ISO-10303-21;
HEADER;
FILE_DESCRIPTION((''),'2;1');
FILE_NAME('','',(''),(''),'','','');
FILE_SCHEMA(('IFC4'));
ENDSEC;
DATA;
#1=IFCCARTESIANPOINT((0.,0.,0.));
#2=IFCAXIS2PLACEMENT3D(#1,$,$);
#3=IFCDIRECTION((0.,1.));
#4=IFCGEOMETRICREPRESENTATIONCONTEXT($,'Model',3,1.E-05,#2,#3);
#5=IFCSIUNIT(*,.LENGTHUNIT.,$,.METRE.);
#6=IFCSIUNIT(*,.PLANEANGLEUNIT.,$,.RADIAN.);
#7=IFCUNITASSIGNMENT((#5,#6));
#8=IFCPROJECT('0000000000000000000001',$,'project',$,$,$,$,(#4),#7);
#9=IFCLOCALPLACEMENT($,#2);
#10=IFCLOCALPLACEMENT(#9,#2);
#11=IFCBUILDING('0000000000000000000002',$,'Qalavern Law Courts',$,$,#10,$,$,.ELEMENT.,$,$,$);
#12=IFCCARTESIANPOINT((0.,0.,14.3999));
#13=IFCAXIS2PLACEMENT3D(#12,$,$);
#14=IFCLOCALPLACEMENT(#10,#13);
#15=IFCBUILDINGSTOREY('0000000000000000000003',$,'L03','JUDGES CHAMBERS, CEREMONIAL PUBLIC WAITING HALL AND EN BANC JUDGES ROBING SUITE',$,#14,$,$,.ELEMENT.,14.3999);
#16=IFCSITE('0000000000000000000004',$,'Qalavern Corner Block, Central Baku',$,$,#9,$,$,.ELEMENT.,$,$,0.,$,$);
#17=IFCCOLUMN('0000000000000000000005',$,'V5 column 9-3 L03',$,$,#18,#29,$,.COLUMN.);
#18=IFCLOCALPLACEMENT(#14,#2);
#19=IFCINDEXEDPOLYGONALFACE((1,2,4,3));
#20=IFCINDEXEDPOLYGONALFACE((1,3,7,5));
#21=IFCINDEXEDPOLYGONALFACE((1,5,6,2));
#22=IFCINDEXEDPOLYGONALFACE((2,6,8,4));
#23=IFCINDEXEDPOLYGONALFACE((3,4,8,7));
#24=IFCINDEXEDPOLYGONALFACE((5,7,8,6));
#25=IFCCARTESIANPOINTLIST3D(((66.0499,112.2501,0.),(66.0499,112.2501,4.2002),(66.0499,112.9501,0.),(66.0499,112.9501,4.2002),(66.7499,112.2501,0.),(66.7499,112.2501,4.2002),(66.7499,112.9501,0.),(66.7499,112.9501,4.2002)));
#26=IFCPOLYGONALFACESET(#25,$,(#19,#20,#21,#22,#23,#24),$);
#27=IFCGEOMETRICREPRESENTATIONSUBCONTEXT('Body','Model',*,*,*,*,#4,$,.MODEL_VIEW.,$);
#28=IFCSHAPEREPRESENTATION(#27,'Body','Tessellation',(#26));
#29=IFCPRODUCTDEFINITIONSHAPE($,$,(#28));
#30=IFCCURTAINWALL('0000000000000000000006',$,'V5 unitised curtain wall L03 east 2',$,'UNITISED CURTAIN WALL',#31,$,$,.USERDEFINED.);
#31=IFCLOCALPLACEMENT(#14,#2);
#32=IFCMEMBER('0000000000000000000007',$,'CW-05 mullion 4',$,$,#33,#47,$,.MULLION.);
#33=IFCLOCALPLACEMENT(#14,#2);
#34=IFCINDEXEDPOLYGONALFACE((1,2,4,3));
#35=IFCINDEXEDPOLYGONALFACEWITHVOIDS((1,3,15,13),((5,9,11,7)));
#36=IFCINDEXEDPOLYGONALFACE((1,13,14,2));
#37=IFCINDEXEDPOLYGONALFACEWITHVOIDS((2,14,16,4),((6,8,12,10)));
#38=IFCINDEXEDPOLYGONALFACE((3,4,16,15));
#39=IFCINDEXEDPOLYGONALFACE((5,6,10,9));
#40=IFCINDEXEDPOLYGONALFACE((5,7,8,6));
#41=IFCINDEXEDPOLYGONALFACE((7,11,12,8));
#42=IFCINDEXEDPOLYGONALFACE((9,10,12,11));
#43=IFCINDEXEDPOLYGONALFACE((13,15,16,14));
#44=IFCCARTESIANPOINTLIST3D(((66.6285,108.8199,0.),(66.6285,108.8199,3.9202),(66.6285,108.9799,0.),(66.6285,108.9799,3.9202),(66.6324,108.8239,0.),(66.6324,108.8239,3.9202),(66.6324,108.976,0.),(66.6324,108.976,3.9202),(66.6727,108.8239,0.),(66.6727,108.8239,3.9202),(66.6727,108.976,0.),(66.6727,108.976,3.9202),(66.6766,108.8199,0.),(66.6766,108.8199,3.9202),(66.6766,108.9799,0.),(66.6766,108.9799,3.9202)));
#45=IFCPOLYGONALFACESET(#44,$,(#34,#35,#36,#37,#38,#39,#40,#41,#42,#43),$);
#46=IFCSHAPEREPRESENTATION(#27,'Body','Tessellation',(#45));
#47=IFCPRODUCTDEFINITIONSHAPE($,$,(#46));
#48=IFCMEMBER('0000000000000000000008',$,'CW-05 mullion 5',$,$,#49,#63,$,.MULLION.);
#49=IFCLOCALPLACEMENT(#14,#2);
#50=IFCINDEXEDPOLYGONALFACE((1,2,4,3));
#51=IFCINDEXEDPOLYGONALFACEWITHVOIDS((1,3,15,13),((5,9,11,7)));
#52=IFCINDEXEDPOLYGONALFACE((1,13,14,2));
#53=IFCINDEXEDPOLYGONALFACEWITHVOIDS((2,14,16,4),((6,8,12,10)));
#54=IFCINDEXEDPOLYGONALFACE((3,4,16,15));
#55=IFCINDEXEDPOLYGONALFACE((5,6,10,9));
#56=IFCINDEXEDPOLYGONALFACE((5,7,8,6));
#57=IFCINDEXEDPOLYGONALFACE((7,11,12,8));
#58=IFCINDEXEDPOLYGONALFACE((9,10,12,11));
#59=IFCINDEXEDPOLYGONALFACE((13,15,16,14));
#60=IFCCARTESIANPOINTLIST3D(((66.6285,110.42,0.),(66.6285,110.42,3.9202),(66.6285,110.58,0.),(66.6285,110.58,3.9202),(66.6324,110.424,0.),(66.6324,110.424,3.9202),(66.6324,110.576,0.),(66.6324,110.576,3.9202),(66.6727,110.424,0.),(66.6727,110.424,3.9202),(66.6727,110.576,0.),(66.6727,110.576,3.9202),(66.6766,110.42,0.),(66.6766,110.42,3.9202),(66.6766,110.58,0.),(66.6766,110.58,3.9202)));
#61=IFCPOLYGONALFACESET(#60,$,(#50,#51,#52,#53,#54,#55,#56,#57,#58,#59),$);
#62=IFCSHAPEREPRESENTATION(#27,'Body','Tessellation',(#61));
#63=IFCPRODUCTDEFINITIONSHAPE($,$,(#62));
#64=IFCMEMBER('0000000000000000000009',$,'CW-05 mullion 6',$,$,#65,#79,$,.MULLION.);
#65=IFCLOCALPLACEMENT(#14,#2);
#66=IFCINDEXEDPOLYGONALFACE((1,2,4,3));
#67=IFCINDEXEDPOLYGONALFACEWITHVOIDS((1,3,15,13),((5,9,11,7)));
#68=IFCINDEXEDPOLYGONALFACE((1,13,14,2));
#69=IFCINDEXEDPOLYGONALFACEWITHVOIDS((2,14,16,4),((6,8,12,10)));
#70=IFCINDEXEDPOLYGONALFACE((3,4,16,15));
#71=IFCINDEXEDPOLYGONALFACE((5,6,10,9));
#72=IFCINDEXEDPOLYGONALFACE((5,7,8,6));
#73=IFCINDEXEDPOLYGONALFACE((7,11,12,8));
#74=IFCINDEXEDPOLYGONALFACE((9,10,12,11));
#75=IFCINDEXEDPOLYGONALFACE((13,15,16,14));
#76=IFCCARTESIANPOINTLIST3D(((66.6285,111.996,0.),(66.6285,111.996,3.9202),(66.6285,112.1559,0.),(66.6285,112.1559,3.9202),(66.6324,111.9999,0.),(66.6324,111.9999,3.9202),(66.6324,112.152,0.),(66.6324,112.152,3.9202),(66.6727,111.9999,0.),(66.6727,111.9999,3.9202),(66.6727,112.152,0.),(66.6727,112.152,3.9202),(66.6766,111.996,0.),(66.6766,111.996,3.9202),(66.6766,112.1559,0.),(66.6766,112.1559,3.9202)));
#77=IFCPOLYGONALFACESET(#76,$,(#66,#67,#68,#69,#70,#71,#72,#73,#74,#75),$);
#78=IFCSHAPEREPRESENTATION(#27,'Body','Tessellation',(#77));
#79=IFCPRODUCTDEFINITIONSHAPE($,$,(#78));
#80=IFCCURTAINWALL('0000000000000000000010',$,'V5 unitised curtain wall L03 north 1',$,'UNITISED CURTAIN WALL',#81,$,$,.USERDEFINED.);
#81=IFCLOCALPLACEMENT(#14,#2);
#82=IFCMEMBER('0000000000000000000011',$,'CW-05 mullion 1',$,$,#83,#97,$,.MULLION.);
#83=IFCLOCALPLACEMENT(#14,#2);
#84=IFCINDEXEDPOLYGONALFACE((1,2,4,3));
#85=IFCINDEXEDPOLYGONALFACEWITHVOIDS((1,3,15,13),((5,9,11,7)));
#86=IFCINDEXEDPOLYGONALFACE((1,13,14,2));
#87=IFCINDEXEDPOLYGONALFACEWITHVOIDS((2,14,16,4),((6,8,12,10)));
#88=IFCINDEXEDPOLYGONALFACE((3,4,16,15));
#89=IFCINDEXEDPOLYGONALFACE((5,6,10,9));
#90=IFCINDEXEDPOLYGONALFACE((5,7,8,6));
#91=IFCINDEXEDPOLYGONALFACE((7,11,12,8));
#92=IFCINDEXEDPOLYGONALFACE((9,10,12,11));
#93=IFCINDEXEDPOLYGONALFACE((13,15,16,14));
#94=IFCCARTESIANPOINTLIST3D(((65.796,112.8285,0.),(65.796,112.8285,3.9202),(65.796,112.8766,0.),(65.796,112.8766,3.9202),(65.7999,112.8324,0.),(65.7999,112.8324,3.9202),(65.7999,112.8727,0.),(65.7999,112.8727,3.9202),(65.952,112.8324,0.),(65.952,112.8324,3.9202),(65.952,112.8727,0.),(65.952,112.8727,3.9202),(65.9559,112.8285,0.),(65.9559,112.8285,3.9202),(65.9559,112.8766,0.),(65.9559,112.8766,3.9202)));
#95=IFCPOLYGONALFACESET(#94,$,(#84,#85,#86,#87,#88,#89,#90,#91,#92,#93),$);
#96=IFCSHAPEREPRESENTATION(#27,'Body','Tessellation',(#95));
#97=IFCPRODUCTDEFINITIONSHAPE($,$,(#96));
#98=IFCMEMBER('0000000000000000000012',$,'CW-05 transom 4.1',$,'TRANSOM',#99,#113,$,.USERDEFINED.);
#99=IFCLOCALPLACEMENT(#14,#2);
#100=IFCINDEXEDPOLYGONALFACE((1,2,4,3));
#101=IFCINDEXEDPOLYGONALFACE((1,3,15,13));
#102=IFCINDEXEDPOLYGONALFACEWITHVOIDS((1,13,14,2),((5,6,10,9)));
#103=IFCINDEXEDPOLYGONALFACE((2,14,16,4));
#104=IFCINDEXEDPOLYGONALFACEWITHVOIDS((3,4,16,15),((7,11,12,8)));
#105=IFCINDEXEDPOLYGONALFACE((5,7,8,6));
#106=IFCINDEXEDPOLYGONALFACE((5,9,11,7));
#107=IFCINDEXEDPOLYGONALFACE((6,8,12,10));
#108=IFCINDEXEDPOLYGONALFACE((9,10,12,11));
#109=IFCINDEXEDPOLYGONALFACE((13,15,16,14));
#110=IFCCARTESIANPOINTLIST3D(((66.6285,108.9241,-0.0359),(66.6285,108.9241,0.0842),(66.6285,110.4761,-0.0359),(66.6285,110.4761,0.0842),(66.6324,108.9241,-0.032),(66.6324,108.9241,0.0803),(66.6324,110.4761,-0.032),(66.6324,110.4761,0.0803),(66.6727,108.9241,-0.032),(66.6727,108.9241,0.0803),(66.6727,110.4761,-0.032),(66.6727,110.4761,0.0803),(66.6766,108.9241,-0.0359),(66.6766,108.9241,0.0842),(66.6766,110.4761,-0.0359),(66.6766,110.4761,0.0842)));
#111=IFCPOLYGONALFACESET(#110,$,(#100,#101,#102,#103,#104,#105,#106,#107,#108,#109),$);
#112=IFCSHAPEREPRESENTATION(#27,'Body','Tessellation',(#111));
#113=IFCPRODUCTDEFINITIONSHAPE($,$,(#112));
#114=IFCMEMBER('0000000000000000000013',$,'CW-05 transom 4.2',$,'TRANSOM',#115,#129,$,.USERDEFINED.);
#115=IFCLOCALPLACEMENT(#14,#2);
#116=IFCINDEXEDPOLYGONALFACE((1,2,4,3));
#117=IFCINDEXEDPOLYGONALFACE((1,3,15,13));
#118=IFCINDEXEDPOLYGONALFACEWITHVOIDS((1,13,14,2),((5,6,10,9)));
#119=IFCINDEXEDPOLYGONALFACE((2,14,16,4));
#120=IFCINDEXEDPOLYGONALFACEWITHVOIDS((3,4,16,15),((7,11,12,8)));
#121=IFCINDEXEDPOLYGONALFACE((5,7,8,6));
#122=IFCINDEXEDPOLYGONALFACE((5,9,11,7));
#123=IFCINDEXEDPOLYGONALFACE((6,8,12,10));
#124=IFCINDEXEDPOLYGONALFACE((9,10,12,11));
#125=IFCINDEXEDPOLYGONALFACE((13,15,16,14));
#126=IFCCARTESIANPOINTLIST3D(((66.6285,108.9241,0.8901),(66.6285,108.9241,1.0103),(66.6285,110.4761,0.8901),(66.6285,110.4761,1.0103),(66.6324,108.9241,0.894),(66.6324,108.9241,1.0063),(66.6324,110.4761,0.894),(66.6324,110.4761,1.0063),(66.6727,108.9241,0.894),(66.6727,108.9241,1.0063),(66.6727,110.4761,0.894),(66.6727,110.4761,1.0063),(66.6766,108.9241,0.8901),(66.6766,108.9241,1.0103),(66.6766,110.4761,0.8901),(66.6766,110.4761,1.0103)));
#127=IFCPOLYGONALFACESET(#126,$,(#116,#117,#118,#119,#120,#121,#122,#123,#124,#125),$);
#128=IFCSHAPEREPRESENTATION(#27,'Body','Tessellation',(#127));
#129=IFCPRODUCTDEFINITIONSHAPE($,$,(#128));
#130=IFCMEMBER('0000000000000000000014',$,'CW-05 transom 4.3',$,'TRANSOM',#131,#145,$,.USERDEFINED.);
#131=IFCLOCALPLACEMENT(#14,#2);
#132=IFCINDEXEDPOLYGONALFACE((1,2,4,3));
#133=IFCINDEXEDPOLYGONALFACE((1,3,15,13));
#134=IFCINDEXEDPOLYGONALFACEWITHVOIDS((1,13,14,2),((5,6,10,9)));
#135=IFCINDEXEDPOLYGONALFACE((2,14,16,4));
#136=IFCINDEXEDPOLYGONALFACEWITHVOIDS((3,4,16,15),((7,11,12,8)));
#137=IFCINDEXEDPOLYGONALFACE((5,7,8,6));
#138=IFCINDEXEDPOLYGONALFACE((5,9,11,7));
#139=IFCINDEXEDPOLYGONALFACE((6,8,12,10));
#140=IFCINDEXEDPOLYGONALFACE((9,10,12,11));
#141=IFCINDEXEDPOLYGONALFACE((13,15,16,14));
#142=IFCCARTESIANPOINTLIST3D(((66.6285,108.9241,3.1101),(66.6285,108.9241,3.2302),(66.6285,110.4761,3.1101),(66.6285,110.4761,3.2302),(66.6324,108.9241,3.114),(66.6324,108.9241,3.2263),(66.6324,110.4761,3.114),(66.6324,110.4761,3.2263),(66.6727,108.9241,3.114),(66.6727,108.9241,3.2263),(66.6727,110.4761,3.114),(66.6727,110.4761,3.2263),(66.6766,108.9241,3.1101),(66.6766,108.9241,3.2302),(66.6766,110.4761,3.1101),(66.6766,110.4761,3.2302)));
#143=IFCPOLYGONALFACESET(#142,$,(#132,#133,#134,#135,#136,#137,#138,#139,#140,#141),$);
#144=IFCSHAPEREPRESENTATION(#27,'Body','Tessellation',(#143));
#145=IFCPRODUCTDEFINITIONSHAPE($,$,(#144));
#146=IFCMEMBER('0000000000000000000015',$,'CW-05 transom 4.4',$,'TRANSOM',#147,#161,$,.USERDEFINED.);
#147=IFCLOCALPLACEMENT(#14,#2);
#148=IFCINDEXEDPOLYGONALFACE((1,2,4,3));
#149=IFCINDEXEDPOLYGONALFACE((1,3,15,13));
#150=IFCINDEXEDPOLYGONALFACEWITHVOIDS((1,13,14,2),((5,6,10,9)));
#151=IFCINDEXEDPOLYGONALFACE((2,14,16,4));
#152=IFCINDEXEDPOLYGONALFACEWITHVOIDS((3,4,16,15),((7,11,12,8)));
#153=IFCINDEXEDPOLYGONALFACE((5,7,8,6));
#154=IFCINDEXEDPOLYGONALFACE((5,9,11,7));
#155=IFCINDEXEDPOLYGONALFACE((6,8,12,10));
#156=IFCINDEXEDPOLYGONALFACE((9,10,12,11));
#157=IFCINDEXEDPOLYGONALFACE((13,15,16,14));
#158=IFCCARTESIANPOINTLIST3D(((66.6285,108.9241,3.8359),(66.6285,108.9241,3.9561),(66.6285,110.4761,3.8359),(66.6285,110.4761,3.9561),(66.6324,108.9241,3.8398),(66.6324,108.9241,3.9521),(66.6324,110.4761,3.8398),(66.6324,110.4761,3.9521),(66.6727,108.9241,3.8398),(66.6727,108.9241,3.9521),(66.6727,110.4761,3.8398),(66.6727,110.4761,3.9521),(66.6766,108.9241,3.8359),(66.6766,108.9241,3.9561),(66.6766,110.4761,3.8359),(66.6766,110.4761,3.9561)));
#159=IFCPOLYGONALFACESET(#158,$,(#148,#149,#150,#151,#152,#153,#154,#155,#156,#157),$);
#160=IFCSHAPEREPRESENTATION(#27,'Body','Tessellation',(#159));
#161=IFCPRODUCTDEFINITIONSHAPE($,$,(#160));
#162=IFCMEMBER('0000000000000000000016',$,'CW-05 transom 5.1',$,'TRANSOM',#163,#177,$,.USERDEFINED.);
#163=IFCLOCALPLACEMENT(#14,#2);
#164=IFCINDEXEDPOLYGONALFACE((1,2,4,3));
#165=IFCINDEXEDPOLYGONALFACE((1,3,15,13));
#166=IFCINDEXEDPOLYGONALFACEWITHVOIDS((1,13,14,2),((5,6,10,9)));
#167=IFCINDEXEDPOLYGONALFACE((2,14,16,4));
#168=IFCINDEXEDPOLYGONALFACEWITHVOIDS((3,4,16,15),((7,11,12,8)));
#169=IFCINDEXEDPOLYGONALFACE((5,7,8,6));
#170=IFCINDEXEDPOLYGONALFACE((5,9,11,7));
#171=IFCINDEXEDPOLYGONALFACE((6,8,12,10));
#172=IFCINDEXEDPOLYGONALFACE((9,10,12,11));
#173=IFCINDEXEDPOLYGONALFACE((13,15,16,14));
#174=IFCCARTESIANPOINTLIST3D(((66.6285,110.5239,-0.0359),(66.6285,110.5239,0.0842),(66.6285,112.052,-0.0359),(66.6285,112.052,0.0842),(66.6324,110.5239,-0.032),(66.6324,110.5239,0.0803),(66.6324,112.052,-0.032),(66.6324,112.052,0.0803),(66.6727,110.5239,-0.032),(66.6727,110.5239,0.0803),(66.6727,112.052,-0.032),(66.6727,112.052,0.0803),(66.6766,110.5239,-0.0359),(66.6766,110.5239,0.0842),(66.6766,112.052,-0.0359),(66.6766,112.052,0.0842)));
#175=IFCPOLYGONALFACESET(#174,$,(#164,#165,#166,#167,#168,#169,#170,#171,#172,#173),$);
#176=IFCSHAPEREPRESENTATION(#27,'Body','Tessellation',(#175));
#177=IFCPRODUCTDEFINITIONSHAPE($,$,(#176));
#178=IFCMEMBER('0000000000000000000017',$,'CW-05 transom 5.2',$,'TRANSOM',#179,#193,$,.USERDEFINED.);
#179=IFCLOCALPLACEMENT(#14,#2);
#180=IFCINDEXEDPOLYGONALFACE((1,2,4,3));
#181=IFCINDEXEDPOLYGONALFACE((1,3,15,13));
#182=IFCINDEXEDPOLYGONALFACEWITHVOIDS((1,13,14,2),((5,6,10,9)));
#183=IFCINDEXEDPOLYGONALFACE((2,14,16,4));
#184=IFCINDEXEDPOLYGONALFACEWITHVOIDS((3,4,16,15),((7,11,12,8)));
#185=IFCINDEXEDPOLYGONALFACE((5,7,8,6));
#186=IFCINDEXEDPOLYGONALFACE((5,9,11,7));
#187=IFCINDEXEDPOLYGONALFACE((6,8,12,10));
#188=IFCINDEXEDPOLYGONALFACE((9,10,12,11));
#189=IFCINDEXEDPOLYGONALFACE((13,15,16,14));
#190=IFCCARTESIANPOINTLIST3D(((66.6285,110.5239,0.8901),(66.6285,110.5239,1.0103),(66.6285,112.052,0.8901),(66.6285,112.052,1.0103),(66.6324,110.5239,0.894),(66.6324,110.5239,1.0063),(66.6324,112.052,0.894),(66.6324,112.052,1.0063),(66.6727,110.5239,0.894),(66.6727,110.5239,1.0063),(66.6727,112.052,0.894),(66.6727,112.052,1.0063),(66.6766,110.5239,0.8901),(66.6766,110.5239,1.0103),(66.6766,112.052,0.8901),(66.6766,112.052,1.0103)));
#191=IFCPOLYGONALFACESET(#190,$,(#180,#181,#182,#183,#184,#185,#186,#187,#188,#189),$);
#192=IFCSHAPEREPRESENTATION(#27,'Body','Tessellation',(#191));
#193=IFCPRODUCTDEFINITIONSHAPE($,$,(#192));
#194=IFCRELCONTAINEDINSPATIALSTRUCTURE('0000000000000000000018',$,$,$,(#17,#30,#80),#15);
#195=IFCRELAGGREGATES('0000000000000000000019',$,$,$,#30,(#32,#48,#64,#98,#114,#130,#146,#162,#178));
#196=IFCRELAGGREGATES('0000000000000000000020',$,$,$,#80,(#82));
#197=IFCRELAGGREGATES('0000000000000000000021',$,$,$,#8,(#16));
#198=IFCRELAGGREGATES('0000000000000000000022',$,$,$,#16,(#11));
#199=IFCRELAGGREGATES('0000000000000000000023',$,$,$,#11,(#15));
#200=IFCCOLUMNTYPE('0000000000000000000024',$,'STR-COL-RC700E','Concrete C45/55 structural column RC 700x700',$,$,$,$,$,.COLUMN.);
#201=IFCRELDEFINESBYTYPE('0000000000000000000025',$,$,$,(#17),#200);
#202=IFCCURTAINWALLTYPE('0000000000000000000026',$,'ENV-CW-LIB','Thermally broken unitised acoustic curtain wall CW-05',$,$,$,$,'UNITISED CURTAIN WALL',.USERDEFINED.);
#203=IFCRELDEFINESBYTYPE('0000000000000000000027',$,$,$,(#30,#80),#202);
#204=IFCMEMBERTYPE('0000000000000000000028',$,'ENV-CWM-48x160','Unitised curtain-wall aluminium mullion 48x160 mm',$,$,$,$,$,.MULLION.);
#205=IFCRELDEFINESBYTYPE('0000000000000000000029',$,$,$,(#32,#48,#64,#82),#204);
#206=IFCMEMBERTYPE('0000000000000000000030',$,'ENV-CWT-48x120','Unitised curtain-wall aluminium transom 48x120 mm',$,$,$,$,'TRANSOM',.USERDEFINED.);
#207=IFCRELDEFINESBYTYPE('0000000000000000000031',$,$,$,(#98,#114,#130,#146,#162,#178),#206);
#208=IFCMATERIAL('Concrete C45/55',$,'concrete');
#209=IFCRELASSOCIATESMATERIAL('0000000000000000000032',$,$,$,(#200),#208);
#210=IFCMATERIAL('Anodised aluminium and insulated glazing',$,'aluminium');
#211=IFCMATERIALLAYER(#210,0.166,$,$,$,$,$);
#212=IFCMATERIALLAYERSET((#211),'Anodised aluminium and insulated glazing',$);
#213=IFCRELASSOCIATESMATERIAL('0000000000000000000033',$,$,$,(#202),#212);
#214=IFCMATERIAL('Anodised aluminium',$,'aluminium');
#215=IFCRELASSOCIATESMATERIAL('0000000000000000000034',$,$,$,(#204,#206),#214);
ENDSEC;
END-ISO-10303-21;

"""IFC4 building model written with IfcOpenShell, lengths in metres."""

from ifc_helpers import new_model, si_unit, direction, frame, origin, origin_2d, place, context, subcontext, project, spatial, rectangle, hollow_rectangle, extrude, material, layer, layer_set, material_profile, profile_set, type_object, element, aggregate, save


model = new_model("IFC4")

# Units and contexts
model_context = context("Model", 3, precision=1e-05, world=origin(), true_north=direction((0.0, 1.0)))
body_context = subcontext(model_context, "Body", "Model", "MODEL_VIEW")
ifc_project = project(units=[si_unit("LENGTHUNIT", "METRE"), si_unit("PLANEANGLEUNIT", "RADIAN")], contexts=[model_context])

# Site, building, storey
site_placement = place(None, origin())
site = spatial("IfcSite", under=ifc_project, at=site_placement, Name="Qalavern Corner Block, Central Baku", CompositionType="ELEMENT", RefElevation=0.0)
building_placement = place(site_placement, origin())
building = spatial("IfcBuilding", under=site, at=building_placement, Name="Qalavern Law Courts", CompositionType="ELEMENT")
storey_placement = place(building_placement, frame((0.0, 0.0, 14.3999)))
storey = spatial("IfcBuildingStorey", under=building, at=storey_placement, Name="L03", Description="JUDGES CHAMBERS, CEREMONIAL PUBLIC WAITING HALL AND EN BANC JUDGES ROBING SUITE", CompositionType="ELEMENT", Elevation=14.3999)

# Column
ifc_material_1 = material(Name="Concrete C45/55", Category="concrete")
ifc_material_profile_1 = material_profile(ifc_material_1, rectangle(XDim=0.7, YDim=0.7, at=origin_2d()), Name="RC 700x700")
ifc_profile_set_1 = profile_set([ifc_material_profile_1], Name="Concrete C45/55")
column_type = type_object("IfcColumnType", Name="STR-COL-RC700E", Description="Concrete C45/55 structural column RC 700x700", PredefinedType="COLUMN", material=ifc_profile_set_1)
column_placement = place(storey_placement, frame((66.3999, 112.6001, 0.0), z_axis=(0.0, 0.0, 1.0), x_axis=(1.0, 0.0, 0.0)))
element("IfcColumn", 1, at=column_placement, inside=storey, type_object=column_type, Name="V5 column 9-3 L03", PredefinedType="COLUMN", context=body_context, shape_type="SweptSolid", body=[
    extrude(rectangle(XDim=0.7, YDim=0.7, at=origin_2d()), origin(), (0.0, 0.0, 1.0), 4.2002),
])

# Curtain wall, members
ifc_material_2 = material(Name="Anodised aluminium and insulated glazing", Category="aluminium")
ifc_layer_1 = layer(ifc_material_2, 0.166)
ifc_layer_set_1 = layer_set([ifc_layer_1], Name="Anodised aluminium and insulated glazing")
curtain_wall_type = type_object("IfcCurtainWallType", Name="ENV-CW-LIB", Description="Thermally broken unitised acoustic curtain wall CW-05", ElementType="UNITISED CURTAIN WALL", PredefinedType="USERDEFINED", material=ifc_layer_set_1)
curtain_wall_1_placement = place(storey_placement, origin())
curtain_wall_1 = element("IfcCurtainWall", 2, at=curtain_wall_1_placement, inside=storey, type_object=curtain_wall_type, Name="V5 unitised curtain wall L03 east 2", ObjectType="UNITISED CURTAIN WALL", PredefinedType="USERDEFINED")
ifc_material_3 = material(Name="Anodised aluminium", Category="aluminium")
ifc_material_profile_2 = material_profile(ifc_material_3, hollow_rectangle(XDim=0.0481, YDim=0.1599, WallThickness=0.0039, at=origin_2d()), Name="ALU MULLION 48x160")
ifc_profile_set_2 = profile_set([ifc_material_profile_2], Name="Anodised aluminium")
member_type_1 = type_object("IfcMemberType", Name="ENV-CWM-48x160", Description="Unitised curtain-wall aluminium mullion 48x160 mm", PredefinedType="MULLION", material=ifc_profile_set_2)
member_1_placement = place(storey_placement, frame((66.6526, 108.8999, 0.0), z_axis=(0.0, 0.0, 1.0), x_axis=(-1.0, 0.0, 0.0)))
member_1 = element("IfcMember", 3, at=member_1_placement, type_object=member_type_1, Name="CW-05 mullion 4", PredefinedType="MULLION", context=body_context, shape_type="SweptSolid", body=[
    extrude(hollow_rectangle(XDim=0.0481, YDim=0.1599, WallThickness=0.0039, at=origin_2d()), origin(), (0.0, 0.0, 1.0), 3.9202),
])
member_2_placement = place(storey_placement, frame((66.6526, 110.5, 0.0), z_axis=(0.0, 0.0, 1.0), x_axis=(-1.0, 0.0, 0.0)))
member_2 = element("IfcMember", 4, at=member_2_placement, type_object=member_type_1, Name="CW-05 mullion 5", PredefinedType="MULLION", context=body_context, shape_type="SweptSolid", body=[
    extrude(hollow_rectangle(XDim=0.0481, YDim=0.1599, WallThickness=0.0039, at=origin_2d()), origin(), (0.0, 0.0, 1.0), 3.9202),
])
member_3_placement = place(storey_placement, frame((66.6526, 112.0759, 0.0), z_axis=(0.0, 0.0, 1.0), x_axis=(-1.0, 0.0, 0.0)))
member_3 = element("IfcMember", 5, at=member_3_placement, type_object=member_type_1, Name="CW-05 mullion 6", PredefinedType="MULLION", context=body_context, shape_type="SweptSolid", body=[
    extrude(hollow_rectangle(XDim=0.0481, YDim=0.1599, WallThickness=0.0039, at=origin_2d()), origin(), (0.0, 0.0, 1.0), 3.9202),
])

# Curtain wall, member
curtain_wall_2_placement = place(storey_placement, origin())
curtain_wall_2 = element("IfcCurtainWall", 6, at=curtain_wall_2_placement, inside=storey, type_object=curtain_wall_type, Name="V5 unitised curtain wall L03 north 1", ObjectType="UNITISED CURTAIN WALL", PredefinedType="USERDEFINED")
member_4_placement = place(storey_placement, frame((65.876, 112.8525, 0.0), z_axis=(0.0, 0.0, 1.0), x_axis=(0.0, -1.0, 0.0)))
member_4 = element("IfcMember", 7, at=member_4_placement, type_object=member_type_1, Name="CW-05 mullion 1", PredefinedType="MULLION", context=body_context, shape_type="SweptSolid", body=[
    extrude(hollow_rectangle(XDim=0.0481, YDim=0.1599, WallThickness=0.0039, at=origin_2d()), origin(), (0.0, 0.0, 1.0), 3.9202),
])

# Members
ifc_material_profile_3 = material_profile(ifc_material_3, hollow_rectangle(XDim=0.0481, YDim=0.1201, WallThickness=0.0039, at=origin_2d()), Name="ALU TRANSOM 48x120")
ifc_profile_set_3 = profile_set([ifc_material_profile_3], Name="Anodised aluminium")
member_type_2 = type_object("IfcMemberType", Name="ENV-CWT-48x120", Description="Unitised curtain-wall aluminium transom 48x120 mm", ElementType="TRANSOM", PredefinedType="USERDEFINED", material=ifc_profile_set_3)
member_5_placement = place(storey_placement, frame((66.6526, 108.9241, 0.0242), z_axis=(0.0, 1.0, 0.0), x_axis=(-1.0, 0.0, 0.0)))
member_5 = element("IfcMember", 8, at=member_5_placement, type_object=member_type_2, Name="CW-05 transom 4.1", ObjectType="TRANSOM", PredefinedType="USERDEFINED", context=body_context, shape_type="SweptSolid", body=[
    extrude(hollow_rectangle(XDim=0.0481, YDim=0.1201, WallThickness=0.0039, at=origin_2d()), origin(), (0.0, 0.0, 1.0), 1.552),
])
member_6_placement = place(storey_placement, frame((66.6526, 108.9241, 0.9502), z_axis=(0.0, 1.0, 0.0), x_axis=(-1.0, 0.0, 0.0)))
member_6 = element("IfcMember", 9, at=member_6_placement, type_object=member_type_2, Name="CW-05 transom 4.2", ObjectType="TRANSOM", PredefinedType="USERDEFINED", context=body_context, shape_type="SweptSolid", body=[
    extrude(hollow_rectangle(XDim=0.0481, YDim=0.1201, WallThickness=0.0039, at=origin_2d()), origin(), (0.0, 0.0, 1.0), 1.552),
])
member_7_placement = place(storey_placement, frame((66.6526, 108.9241, 3.1702), z_axis=(0.0, 1.0, 0.0), x_axis=(-1.0, 0.0, 0.0)))
member_7 = element("IfcMember", 10, at=member_7_placement, type_object=member_type_2, Name="CW-05 transom 4.3", ObjectType="TRANSOM", PredefinedType="USERDEFINED", context=body_context, shape_type="SweptSolid", body=[
    extrude(hollow_rectangle(XDim=0.0481, YDim=0.1201, WallThickness=0.0039, at=origin_2d()), origin(), (0.0, 0.0, 1.0), 1.552),
])
member_8_placement = place(storey_placement, frame((66.6526, 108.9241, 3.896), z_axis=(0.0, 1.0, 0.0), x_axis=(-1.0, 0.0, 0.0)))
member_8 = element("IfcMember", 11, at=member_8_placement, type_object=member_type_2, Name="CW-05 transom 4.4", ObjectType="TRANSOM", PredefinedType="USERDEFINED", context=body_context, shape_type="SweptSolid", body=[
    extrude(hollow_rectangle(XDim=0.0481, YDim=0.1201, WallThickness=0.0039, at=origin_2d()), origin(), (0.0, 0.0, 1.0), 1.552),
])
member_9_placement = place(storey_placement, frame((66.6526, 110.5239, 0.0242), z_axis=(0.0, 1.0, 0.0), x_axis=(-1.0, 0.0, 0.0)))
member_9 = element("IfcMember", 12, at=member_9_placement, type_object=member_type_2, Name="CW-05 transom 5.1", ObjectType="TRANSOM", PredefinedType="USERDEFINED", context=body_context, shape_type="SweptSolid", body=[
    extrude(hollow_rectangle(XDim=0.0481, YDim=0.1201, WallThickness=0.0039, at=origin_2d()), origin(), (0.0, 0.0, 1.0), 1.5281),
])
member_10_placement = place(storey_placement, frame((66.6526, 110.5239, 0.9502), z_axis=(0.0, 1.0, 0.0), x_axis=(-1.0, 0.0, 0.0)))
member_10 = element("IfcMember", 13, at=member_10_placement, type_object=member_type_2, Name="CW-05 transom 5.2", ObjectType="TRANSOM", PredefinedType="USERDEFINED", context=body_context, shape_type="SweptSolid", body=[
    extrude(hollow_rectangle(XDim=0.0481, YDim=0.1201, WallThickness=0.0039, at=origin_2d()), origin(), (0.0, 0.0, 1.0), 1.5281),
])

aggregate(curtain_wall_1, [member_1, member_2, member_3, member_5, member_6, member_7, member_8, member_9, member_10])
aggregate(curtain_wall_2, [member_4])

save(model, "model.ifc")
